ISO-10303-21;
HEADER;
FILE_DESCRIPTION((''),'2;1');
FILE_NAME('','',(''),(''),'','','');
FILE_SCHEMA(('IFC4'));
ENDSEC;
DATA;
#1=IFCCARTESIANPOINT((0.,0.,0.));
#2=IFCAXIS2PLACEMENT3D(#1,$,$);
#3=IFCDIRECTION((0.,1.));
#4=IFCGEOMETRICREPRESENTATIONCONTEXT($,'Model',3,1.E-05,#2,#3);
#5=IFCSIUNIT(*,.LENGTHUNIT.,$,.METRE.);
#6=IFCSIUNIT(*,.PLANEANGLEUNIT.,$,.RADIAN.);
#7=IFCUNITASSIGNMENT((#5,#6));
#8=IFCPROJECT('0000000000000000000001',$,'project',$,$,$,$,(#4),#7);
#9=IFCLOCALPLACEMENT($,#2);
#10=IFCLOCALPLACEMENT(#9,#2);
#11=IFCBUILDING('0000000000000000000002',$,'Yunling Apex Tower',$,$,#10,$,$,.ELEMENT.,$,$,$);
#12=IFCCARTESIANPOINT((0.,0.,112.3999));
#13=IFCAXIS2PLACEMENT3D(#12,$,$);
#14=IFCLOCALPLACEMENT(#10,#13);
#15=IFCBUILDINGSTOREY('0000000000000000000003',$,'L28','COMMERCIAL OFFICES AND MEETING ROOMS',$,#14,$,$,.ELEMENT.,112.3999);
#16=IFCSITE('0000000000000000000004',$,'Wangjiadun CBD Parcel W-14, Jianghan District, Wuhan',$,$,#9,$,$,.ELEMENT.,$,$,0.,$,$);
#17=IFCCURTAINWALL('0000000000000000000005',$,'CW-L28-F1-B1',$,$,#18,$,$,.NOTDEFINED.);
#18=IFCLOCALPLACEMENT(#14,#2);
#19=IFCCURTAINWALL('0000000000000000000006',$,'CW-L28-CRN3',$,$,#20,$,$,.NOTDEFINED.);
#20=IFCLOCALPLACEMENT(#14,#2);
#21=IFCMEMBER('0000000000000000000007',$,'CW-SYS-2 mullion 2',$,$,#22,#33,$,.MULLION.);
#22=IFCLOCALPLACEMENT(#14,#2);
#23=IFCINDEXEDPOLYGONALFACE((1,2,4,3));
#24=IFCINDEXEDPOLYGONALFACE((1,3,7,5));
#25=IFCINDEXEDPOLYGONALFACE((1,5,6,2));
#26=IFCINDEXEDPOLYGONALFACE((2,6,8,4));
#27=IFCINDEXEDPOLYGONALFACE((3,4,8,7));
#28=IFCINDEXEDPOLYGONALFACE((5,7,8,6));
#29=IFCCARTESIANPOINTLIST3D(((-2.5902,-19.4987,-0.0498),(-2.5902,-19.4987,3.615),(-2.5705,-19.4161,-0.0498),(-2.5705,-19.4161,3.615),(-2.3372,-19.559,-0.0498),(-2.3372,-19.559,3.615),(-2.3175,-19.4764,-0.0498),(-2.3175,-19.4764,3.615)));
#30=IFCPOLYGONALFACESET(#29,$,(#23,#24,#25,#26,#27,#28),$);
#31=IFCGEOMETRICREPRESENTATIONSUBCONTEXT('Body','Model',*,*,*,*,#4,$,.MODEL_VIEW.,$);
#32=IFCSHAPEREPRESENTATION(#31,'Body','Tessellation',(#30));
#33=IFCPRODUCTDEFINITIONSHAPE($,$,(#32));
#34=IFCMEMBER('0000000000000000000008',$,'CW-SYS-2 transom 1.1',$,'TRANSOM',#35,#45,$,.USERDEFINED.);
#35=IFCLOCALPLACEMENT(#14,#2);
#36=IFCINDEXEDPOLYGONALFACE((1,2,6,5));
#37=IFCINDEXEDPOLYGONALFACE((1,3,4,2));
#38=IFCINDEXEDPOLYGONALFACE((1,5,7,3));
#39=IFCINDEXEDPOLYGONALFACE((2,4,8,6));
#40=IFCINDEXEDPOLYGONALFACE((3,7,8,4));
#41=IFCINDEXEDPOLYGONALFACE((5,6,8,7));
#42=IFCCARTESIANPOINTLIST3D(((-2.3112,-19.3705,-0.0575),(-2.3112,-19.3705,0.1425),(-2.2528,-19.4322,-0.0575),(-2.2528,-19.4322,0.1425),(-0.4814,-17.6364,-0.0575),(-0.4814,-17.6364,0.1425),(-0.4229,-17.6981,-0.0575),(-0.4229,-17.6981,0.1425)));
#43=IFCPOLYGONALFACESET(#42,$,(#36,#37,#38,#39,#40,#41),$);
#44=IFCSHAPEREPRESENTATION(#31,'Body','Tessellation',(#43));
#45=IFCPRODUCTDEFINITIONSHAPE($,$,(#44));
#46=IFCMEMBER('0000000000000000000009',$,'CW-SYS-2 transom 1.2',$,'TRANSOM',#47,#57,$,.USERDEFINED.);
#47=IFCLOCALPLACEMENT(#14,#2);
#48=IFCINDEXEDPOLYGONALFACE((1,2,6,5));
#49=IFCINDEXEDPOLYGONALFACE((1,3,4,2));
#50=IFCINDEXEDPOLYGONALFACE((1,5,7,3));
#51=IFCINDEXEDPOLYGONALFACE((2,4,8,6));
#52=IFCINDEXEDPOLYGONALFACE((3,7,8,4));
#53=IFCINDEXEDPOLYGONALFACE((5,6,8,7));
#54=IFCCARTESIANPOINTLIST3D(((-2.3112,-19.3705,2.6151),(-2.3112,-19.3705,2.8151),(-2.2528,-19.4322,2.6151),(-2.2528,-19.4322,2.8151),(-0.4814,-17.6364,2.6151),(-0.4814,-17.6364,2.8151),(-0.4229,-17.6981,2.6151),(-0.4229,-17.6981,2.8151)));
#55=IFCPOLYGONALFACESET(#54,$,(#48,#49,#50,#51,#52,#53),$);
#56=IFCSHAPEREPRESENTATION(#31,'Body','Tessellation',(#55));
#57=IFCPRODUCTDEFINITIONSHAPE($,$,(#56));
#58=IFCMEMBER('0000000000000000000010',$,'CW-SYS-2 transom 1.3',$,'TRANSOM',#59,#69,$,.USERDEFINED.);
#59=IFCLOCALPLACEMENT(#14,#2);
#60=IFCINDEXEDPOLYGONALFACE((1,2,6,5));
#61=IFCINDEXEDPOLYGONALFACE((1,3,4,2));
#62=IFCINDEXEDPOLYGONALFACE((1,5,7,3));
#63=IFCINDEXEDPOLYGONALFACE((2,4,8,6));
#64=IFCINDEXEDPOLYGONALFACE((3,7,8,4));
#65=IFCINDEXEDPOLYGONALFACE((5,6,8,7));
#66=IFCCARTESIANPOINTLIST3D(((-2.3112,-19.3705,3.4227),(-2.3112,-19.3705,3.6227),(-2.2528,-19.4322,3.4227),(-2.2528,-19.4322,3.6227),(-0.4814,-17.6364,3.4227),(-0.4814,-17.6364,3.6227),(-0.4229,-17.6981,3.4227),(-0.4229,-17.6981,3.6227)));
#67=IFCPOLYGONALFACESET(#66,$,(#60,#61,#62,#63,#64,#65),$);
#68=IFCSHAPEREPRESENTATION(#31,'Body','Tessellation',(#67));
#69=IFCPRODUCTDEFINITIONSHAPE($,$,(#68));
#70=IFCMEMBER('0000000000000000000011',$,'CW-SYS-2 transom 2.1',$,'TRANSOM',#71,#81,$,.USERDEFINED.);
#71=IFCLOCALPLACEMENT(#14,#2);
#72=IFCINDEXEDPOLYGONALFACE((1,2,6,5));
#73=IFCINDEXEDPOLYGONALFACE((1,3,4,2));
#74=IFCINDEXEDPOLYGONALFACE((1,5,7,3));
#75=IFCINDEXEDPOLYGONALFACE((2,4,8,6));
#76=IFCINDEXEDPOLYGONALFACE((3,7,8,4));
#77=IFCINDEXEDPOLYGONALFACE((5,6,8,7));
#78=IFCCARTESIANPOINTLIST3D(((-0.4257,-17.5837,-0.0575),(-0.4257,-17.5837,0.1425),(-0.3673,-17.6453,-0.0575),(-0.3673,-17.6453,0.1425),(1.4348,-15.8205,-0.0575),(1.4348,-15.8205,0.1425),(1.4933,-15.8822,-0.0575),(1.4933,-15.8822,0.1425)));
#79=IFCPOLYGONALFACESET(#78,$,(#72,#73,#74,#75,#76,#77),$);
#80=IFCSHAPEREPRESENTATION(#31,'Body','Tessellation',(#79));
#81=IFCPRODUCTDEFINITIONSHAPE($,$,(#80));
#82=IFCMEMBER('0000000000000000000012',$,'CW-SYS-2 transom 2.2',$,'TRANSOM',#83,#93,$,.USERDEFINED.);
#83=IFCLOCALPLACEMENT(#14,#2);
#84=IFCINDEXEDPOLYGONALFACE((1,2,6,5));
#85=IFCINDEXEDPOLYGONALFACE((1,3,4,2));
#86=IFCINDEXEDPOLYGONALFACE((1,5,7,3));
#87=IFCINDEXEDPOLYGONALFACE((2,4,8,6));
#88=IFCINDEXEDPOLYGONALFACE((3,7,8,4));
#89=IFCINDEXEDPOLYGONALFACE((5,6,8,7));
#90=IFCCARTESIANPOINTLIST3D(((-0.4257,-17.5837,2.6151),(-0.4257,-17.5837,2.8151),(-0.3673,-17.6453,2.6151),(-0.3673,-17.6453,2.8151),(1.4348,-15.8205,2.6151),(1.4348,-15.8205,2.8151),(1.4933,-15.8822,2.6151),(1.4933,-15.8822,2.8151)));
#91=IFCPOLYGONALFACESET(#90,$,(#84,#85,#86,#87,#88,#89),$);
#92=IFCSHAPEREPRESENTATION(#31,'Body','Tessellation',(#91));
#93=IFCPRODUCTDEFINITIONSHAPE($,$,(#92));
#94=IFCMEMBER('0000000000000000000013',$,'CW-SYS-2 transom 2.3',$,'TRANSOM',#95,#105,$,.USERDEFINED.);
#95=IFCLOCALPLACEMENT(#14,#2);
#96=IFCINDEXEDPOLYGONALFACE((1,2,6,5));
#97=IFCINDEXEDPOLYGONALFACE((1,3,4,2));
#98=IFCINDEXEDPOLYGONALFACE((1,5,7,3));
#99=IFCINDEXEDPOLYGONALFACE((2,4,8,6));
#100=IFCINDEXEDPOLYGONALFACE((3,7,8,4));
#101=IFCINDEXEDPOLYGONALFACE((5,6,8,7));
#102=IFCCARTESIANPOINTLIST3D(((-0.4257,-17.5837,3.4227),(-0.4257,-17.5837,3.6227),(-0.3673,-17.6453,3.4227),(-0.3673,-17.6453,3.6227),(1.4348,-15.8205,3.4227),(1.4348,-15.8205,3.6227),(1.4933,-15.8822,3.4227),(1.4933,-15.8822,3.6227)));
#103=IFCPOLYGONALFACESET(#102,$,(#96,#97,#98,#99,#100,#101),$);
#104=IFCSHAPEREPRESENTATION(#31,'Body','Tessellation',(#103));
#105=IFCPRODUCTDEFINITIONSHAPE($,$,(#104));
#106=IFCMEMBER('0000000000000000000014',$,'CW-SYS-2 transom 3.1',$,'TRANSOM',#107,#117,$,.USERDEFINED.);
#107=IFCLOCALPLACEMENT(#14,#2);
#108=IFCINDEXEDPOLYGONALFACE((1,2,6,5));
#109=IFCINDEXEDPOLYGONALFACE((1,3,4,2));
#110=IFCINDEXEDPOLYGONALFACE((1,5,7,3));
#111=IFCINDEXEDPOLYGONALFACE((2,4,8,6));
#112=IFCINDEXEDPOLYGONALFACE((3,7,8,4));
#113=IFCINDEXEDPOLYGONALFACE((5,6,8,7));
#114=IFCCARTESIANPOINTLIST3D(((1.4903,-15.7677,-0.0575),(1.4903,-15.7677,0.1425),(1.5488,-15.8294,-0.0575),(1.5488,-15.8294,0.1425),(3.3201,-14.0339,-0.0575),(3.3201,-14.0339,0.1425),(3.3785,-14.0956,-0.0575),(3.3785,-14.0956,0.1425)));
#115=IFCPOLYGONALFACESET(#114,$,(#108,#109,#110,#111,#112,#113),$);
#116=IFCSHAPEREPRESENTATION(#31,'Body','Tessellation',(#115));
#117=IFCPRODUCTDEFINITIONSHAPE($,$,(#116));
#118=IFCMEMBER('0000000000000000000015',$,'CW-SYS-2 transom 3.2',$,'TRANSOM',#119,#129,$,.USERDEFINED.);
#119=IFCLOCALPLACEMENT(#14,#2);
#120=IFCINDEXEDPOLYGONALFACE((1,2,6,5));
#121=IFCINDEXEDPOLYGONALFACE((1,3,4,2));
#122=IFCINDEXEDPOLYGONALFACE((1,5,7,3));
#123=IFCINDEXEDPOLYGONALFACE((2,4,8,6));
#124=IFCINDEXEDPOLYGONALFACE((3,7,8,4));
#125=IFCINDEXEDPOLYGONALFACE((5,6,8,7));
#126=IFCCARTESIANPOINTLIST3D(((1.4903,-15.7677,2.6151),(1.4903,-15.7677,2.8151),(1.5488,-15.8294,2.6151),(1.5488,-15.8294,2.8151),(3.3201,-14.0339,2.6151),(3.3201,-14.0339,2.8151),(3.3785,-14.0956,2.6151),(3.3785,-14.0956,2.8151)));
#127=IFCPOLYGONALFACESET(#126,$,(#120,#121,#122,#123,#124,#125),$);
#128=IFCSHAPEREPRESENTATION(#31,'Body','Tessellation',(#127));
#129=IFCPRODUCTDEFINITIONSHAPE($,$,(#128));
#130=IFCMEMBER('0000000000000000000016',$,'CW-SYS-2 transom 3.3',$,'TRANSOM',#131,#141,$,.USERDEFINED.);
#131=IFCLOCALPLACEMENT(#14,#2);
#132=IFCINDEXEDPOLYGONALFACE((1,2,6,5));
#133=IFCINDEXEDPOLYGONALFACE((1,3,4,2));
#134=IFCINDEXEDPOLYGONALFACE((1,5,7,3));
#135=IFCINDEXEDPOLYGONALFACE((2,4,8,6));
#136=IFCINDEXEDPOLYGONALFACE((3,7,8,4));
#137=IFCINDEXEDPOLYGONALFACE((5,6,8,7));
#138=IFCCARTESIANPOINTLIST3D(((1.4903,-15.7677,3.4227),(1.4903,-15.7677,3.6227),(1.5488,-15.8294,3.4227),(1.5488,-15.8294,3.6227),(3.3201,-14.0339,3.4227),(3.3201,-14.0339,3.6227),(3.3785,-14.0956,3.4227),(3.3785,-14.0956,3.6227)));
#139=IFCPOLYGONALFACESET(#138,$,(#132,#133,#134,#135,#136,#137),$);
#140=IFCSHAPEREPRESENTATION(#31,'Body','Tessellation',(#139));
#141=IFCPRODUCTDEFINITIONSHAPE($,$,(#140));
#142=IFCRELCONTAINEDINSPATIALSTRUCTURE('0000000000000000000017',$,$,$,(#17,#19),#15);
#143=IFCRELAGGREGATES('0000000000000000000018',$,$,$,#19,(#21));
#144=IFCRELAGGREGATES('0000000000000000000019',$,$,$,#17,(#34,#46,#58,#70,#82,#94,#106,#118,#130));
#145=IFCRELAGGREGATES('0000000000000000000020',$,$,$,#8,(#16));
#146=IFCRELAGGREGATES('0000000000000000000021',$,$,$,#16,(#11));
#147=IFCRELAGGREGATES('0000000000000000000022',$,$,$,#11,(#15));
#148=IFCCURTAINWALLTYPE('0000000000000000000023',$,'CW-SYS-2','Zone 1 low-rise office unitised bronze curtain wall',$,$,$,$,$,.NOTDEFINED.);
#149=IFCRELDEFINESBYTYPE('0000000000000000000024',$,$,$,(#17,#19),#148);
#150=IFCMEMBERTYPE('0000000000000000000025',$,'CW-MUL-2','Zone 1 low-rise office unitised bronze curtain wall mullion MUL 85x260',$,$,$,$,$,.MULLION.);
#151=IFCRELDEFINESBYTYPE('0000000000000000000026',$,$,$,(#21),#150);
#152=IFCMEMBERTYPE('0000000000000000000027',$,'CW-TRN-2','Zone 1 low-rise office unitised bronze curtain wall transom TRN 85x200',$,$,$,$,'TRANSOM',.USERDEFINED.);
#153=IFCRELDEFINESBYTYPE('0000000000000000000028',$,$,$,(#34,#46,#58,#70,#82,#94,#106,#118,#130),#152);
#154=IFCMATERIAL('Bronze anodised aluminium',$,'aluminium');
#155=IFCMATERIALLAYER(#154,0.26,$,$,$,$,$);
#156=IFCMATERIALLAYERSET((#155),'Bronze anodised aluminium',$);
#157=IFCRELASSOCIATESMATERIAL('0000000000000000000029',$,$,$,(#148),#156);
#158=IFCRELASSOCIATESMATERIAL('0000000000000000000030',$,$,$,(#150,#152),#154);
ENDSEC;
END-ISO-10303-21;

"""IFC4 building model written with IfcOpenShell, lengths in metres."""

from ifc_helpers import new_model, si_unit, direction, frame, origin, origin_2d, place, context, subcontext, project, spatial, rectangle, extrude, source, transform, mapped, material, layer, layer_set, material_profile, profile_set, type_object, element, aggregate, save


model = new_model("IFC4")

# Units and contexts
model_context = context("Model", 3, precision=1e-05, world=origin(), true_north=direction((0.0, 1.0)))
body_context = subcontext(model_context, "Body", "Model", "MODEL_VIEW")
ifc_project = project(units=[si_unit("LENGTHUNIT", "METRE"), si_unit("PLANEANGLEUNIT", "RADIAN")], contexts=[model_context])

# Site, building, storey
site_placement = place(None, origin())
site = spatial("IfcSite", under=ifc_project, at=site_placement, Name="Wangjiadun CBD Parcel W-14, Jianghan District, Wuhan", CompositionType="ELEMENT", RefElevation=0.0)
building_placement = place(site_placement, origin())
building = spatial("IfcBuilding", under=site, at=building_placement, Name="Yunling Apex Tower", CompositionType="ELEMENT")
storey_placement = place(building_placement, frame((0.0, 0.0, 112.3999)))
storey = spatial("IfcBuildingStorey", under=building, at=storey_placement, Name="L28", Description="COMMERCIAL OFFICES AND MEETING ROOMS", CompositionType="ELEMENT", Elevation=112.3999)

# Curtain wall
ifc_material_1 = material(Name="Bronze anodised aluminium", Category="aluminium")
ifc_layer_1 = layer(ifc_material_1, 0.26)
ifc_layer_set_1 = layer_set([ifc_layer_1], Name="Bronze anodised aluminium")
curtain_wall_type = type_object("IfcCurtainWallType", Name="CW-SYS-2", Description="Zone 1 low-rise office unitised bronze curtain wall", PredefinedType="NOTDEFINED", material=ifc_layer_set_1)
curtain_wall_1_placement = place(storey_placement, origin())
curtain_wall_1 = element("IfcCurtainWall", 1, at=curtain_wall_1_placement, inside=storey, type_object=curtain_wall_type, Name="CW-L28-F1-B1", PredefinedType="NOTDEFINED")
ifc_material_profile_1 = material_profile(ifc_material_1, rectangle(XDim=0.085, YDim=0.26, at=origin_2d()))
ifc_profile_set_1 = profile_set([ifc_material_profile_1], Name="Bronze anodised aluminium")
member_type_1 = type_object("IfcMemberType", Name="CW-MUL-2", Description="Zone 1 low-rise office unitised bronze curtain wall mullion MUL 85x260", PredefinedType="MULLION", material=ifc_profile_set_1)
shared_shape_1 = source(origin(), body_context, "Body", "SweptSolid", [
    extrude(rectangle(XDim=0.085, YDim=0.26, at=origin_2d()), origin(), (0.0, 0.0, 1.0), 3.6648),
])

# Curtain wall, member
curtain_wall_2_placement = place(storey_placement, origin())
curtain_wall_2 = element("IfcCurtainWall", 2, at=curtain_wall_2_placement, inside=storey, type_object=curtain_wall_type, Name="CW-L28-CRN3", PredefinedType="NOTDEFINED")
member_1_placement = place(storey_placement, frame((-2.4539, -19.4875, -0.0498), z_axis=(0.0, 0.0, 1.0), x_axis=(0.231895, 0.972741, 0.0)))
member_1 = element("IfcMember", 3, at=member_1_placement, type_object=member_type_1, Name="CW-SYS-2 mullion 2", PredefinedType="MULLION", context=body_context, shape_type="MappedRepresentation", body=[
    mapped(shared_shape_1, transform((0.0, 0.0, 0.0), scale=1.0)),
])
aggregate(curtain_wall_2, [member_1])

# Members
ifc_material_profile_2 = material_profile(ifc_material_1, rectangle(XDim=0.085, YDim=0.2, at=origin_2d()))
ifc_profile_set_2 = profile_set([ifc_material_profile_2], Name="Bronze anodised aluminium")
member_type_2 = type_object("IfcMemberType", Name="CW-TRN-2", Description="Zone 1 low-rise office unitised bronze curtain wall transom TRN 85x200", ElementType="TRANSOM", PredefinedType="USERDEFINED", material=ifc_profile_set_2)
shared_shape_2 = source(origin(), body_context, "Body", "SweptSolid", [
    extrude(rectangle(XDim=0.085, YDim=0.2, at=origin_2d()), origin(), (0.0, 0.0, 1.0), 2.521),
])
member_2_placement = place(storey_placement, frame((-2.282, -19.4014, 0.0425), z_axis=(0.725833, 0.687871, 0.0), x_axis=(-0.687871, 0.725833, 0.0)))
member_2 = element("IfcMember", 4, at=member_2_placement, type_object=member_type_2, Name="CW-SYS-2 transom 1.1", ObjectType="TRANSOM", PredefinedType="USERDEFINED", context=body_context, shape_type="MappedRepresentation", body=[
    mapped(shared_shape_2, transform((0.0, 0.0, 0.0), scale=1.0)),
])
member_3_placement = place(storey_placement, frame((-2.282, -19.4014, 2.7151), z_axis=(0.725833, 0.687871, 0.0), x_axis=(-0.687871, 0.725833, 0.0)))
member_3 = element("IfcMember", 5, at=member_3_placement, type_object=member_type_2, Name="CW-SYS-2 transom 1.2", ObjectType="TRANSOM", PredefinedType="USERDEFINED", context=body_context, shape_type="MappedRepresentation", body=[
    mapped(shared_shape_2, transform((0.0, 0.0, 0.0), scale=1.0)),
])
member_4_placement = place(storey_placement, frame((-2.282, -19.4014, 3.5227), z_axis=(0.725833, 0.687871, 0.0), x_axis=(-0.687871, 0.725833, 0.0)))
member_4 = element("IfcMember", 6, at=member_4_placement, type_object=member_type_2, Name="CW-SYS-2 transom 1.3", ObjectType="TRANSOM", PredefinedType="USERDEFINED", context=body_context, shape_type="MappedRepresentation", body=[
    mapped(shared_shape_2, transform((0.0, 0.0, 0.0), scale=1.0)),
])
shared_shape_3 = source(origin(), body_context, "Body", "SweptSolid", [
    extrude(rectangle(XDim=0.085, YDim=0.2, at=origin_2d()), origin(), (0.0, 0.0, 1.0), 2.5632),
])
member_5_placement = place(storey_placement, frame((-0.3965, -17.6145, 0.0425), z_axis=(0.725853, 0.68785, 0.0), x_axis=(-0.68785, 0.725853, 0.0)))
member_5 = element("IfcMember", 7, at=member_5_placement, type_object=member_type_2, Name="CW-SYS-2 transom 2.1", ObjectType="TRANSOM", PredefinedType="USERDEFINED", context=body_context, shape_type="MappedRepresentation", body=[
    mapped(shared_shape_3, transform((0.0, 0.0, 0.0), scale=1.0)),
])
member_6_placement = place(storey_placement, frame((-0.3965, -17.6145, 2.7151), z_axis=(0.725853, 0.68785, 0.0), x_axis=(-0.68785, 0.725853, 0.0)))
member_6 = element("IfcMember", 8, at=member_6_placement, type_object=member_type_2, Name="CW-SYS-2 transom 2.2", ObjectType="TRANSOM", PredefinedType="USERDEFINED", context=body_context, shape_type="MappedRepresentation", body=[
    mapped(shared_shape_3, transform((0.0, 0.0, 0.0), scale=1.0)),
])
member_7_placement = place(storey_placement, frame((-0.3965, -17.6145, 3.5227), z_axis=(0.725853, 0.68785, 0.0), x_axis=(-0.68785, 0.725853, 0.0)))
member_7 = element("IfcMember", 9, at=member_7_placement, type_object=member_type_2, Name="CW-SYS-2 transom 2.3", ObjectType="TRANSOM", PredefinedType="USERDEFINED", context=body_context, shape_type="MappedRepresentation", body=[
    mapped(shared_shape_3, transform((0.0, 0.0, 0.0), scale=1.0)),
])
shared_shape_4 = source(origin(), body_context, "Body", "SweptSolid", [
    extrude(rectangle(XDim=0.085, YDim=0.2, at=origin_2d()), origin(), (0.0, 0.0, 1.0), 2.5208),
])
member_8_placement = place(storey_placement, frame((1.5195, -15.7986, 0.0425), z_axis=(0.725881, 0.68782, 0.0), x_axis=(-0.68782, 0.725881, 0.0)))
member_8 = element("IfcMember", 10, at=member_8_placement, type_object=member_type_2, Name="CW-SYS-2 transom 3.1", ObjectType="TRANSOM", PredefinedType="USERDEFINED", context=body_context, shape_type="MappedRepresentation", body=[
    mapped(shared_shape_4, transform((0.0, 0.0, 0.0), scale=1.0)),
])
member_9_placement = place(storey_placement, frame((1.5195, -15.7986, 2.7151), z_axis=(0.725881, 0.68782, 0.0), x_axis=(-0.68782, 0.725881, 0.0)))
member_9 = element("IfcMember", 11, at=member_9_placement, type_object=member_type_2, Name="CW-SYS-2 transom 3.2", ObjectType="TRANSOM", PredefinedType="USERDEFINED", context=body_context, shape_type="MappedRepresentation", body=[
    mapped(shared_shape_4, transform((0.0, 0.0, 0.0), scale=1.0)),
])
member_10_placement = place(storey_placement, frame((1.5195, -15.7986, 3.5227), z_axis=(0.725881, 0.68782, 0.0), x_axis=(-0.68782, 0.725881, 0.0)))
member_10 = element("IfcMember", 12, at=member_10_placement, type_object=member_type_2, Name="CW-SYS-2 transom 3.3", ObjectType="TRANSOM", PredefinedType="USERDEFINED", context=body_context, shape_type="MappedRepresentation", body=[
    mapped(shared_shape_4, transform((0.0, 0.0, 0.0), scale=1.0)),
])

aggregate(curtain_wall_1, [member_2, member_3, member_4, member_5, member_6, member_7, member_8, member_9, member_10])

save(model, "model.ifc")
